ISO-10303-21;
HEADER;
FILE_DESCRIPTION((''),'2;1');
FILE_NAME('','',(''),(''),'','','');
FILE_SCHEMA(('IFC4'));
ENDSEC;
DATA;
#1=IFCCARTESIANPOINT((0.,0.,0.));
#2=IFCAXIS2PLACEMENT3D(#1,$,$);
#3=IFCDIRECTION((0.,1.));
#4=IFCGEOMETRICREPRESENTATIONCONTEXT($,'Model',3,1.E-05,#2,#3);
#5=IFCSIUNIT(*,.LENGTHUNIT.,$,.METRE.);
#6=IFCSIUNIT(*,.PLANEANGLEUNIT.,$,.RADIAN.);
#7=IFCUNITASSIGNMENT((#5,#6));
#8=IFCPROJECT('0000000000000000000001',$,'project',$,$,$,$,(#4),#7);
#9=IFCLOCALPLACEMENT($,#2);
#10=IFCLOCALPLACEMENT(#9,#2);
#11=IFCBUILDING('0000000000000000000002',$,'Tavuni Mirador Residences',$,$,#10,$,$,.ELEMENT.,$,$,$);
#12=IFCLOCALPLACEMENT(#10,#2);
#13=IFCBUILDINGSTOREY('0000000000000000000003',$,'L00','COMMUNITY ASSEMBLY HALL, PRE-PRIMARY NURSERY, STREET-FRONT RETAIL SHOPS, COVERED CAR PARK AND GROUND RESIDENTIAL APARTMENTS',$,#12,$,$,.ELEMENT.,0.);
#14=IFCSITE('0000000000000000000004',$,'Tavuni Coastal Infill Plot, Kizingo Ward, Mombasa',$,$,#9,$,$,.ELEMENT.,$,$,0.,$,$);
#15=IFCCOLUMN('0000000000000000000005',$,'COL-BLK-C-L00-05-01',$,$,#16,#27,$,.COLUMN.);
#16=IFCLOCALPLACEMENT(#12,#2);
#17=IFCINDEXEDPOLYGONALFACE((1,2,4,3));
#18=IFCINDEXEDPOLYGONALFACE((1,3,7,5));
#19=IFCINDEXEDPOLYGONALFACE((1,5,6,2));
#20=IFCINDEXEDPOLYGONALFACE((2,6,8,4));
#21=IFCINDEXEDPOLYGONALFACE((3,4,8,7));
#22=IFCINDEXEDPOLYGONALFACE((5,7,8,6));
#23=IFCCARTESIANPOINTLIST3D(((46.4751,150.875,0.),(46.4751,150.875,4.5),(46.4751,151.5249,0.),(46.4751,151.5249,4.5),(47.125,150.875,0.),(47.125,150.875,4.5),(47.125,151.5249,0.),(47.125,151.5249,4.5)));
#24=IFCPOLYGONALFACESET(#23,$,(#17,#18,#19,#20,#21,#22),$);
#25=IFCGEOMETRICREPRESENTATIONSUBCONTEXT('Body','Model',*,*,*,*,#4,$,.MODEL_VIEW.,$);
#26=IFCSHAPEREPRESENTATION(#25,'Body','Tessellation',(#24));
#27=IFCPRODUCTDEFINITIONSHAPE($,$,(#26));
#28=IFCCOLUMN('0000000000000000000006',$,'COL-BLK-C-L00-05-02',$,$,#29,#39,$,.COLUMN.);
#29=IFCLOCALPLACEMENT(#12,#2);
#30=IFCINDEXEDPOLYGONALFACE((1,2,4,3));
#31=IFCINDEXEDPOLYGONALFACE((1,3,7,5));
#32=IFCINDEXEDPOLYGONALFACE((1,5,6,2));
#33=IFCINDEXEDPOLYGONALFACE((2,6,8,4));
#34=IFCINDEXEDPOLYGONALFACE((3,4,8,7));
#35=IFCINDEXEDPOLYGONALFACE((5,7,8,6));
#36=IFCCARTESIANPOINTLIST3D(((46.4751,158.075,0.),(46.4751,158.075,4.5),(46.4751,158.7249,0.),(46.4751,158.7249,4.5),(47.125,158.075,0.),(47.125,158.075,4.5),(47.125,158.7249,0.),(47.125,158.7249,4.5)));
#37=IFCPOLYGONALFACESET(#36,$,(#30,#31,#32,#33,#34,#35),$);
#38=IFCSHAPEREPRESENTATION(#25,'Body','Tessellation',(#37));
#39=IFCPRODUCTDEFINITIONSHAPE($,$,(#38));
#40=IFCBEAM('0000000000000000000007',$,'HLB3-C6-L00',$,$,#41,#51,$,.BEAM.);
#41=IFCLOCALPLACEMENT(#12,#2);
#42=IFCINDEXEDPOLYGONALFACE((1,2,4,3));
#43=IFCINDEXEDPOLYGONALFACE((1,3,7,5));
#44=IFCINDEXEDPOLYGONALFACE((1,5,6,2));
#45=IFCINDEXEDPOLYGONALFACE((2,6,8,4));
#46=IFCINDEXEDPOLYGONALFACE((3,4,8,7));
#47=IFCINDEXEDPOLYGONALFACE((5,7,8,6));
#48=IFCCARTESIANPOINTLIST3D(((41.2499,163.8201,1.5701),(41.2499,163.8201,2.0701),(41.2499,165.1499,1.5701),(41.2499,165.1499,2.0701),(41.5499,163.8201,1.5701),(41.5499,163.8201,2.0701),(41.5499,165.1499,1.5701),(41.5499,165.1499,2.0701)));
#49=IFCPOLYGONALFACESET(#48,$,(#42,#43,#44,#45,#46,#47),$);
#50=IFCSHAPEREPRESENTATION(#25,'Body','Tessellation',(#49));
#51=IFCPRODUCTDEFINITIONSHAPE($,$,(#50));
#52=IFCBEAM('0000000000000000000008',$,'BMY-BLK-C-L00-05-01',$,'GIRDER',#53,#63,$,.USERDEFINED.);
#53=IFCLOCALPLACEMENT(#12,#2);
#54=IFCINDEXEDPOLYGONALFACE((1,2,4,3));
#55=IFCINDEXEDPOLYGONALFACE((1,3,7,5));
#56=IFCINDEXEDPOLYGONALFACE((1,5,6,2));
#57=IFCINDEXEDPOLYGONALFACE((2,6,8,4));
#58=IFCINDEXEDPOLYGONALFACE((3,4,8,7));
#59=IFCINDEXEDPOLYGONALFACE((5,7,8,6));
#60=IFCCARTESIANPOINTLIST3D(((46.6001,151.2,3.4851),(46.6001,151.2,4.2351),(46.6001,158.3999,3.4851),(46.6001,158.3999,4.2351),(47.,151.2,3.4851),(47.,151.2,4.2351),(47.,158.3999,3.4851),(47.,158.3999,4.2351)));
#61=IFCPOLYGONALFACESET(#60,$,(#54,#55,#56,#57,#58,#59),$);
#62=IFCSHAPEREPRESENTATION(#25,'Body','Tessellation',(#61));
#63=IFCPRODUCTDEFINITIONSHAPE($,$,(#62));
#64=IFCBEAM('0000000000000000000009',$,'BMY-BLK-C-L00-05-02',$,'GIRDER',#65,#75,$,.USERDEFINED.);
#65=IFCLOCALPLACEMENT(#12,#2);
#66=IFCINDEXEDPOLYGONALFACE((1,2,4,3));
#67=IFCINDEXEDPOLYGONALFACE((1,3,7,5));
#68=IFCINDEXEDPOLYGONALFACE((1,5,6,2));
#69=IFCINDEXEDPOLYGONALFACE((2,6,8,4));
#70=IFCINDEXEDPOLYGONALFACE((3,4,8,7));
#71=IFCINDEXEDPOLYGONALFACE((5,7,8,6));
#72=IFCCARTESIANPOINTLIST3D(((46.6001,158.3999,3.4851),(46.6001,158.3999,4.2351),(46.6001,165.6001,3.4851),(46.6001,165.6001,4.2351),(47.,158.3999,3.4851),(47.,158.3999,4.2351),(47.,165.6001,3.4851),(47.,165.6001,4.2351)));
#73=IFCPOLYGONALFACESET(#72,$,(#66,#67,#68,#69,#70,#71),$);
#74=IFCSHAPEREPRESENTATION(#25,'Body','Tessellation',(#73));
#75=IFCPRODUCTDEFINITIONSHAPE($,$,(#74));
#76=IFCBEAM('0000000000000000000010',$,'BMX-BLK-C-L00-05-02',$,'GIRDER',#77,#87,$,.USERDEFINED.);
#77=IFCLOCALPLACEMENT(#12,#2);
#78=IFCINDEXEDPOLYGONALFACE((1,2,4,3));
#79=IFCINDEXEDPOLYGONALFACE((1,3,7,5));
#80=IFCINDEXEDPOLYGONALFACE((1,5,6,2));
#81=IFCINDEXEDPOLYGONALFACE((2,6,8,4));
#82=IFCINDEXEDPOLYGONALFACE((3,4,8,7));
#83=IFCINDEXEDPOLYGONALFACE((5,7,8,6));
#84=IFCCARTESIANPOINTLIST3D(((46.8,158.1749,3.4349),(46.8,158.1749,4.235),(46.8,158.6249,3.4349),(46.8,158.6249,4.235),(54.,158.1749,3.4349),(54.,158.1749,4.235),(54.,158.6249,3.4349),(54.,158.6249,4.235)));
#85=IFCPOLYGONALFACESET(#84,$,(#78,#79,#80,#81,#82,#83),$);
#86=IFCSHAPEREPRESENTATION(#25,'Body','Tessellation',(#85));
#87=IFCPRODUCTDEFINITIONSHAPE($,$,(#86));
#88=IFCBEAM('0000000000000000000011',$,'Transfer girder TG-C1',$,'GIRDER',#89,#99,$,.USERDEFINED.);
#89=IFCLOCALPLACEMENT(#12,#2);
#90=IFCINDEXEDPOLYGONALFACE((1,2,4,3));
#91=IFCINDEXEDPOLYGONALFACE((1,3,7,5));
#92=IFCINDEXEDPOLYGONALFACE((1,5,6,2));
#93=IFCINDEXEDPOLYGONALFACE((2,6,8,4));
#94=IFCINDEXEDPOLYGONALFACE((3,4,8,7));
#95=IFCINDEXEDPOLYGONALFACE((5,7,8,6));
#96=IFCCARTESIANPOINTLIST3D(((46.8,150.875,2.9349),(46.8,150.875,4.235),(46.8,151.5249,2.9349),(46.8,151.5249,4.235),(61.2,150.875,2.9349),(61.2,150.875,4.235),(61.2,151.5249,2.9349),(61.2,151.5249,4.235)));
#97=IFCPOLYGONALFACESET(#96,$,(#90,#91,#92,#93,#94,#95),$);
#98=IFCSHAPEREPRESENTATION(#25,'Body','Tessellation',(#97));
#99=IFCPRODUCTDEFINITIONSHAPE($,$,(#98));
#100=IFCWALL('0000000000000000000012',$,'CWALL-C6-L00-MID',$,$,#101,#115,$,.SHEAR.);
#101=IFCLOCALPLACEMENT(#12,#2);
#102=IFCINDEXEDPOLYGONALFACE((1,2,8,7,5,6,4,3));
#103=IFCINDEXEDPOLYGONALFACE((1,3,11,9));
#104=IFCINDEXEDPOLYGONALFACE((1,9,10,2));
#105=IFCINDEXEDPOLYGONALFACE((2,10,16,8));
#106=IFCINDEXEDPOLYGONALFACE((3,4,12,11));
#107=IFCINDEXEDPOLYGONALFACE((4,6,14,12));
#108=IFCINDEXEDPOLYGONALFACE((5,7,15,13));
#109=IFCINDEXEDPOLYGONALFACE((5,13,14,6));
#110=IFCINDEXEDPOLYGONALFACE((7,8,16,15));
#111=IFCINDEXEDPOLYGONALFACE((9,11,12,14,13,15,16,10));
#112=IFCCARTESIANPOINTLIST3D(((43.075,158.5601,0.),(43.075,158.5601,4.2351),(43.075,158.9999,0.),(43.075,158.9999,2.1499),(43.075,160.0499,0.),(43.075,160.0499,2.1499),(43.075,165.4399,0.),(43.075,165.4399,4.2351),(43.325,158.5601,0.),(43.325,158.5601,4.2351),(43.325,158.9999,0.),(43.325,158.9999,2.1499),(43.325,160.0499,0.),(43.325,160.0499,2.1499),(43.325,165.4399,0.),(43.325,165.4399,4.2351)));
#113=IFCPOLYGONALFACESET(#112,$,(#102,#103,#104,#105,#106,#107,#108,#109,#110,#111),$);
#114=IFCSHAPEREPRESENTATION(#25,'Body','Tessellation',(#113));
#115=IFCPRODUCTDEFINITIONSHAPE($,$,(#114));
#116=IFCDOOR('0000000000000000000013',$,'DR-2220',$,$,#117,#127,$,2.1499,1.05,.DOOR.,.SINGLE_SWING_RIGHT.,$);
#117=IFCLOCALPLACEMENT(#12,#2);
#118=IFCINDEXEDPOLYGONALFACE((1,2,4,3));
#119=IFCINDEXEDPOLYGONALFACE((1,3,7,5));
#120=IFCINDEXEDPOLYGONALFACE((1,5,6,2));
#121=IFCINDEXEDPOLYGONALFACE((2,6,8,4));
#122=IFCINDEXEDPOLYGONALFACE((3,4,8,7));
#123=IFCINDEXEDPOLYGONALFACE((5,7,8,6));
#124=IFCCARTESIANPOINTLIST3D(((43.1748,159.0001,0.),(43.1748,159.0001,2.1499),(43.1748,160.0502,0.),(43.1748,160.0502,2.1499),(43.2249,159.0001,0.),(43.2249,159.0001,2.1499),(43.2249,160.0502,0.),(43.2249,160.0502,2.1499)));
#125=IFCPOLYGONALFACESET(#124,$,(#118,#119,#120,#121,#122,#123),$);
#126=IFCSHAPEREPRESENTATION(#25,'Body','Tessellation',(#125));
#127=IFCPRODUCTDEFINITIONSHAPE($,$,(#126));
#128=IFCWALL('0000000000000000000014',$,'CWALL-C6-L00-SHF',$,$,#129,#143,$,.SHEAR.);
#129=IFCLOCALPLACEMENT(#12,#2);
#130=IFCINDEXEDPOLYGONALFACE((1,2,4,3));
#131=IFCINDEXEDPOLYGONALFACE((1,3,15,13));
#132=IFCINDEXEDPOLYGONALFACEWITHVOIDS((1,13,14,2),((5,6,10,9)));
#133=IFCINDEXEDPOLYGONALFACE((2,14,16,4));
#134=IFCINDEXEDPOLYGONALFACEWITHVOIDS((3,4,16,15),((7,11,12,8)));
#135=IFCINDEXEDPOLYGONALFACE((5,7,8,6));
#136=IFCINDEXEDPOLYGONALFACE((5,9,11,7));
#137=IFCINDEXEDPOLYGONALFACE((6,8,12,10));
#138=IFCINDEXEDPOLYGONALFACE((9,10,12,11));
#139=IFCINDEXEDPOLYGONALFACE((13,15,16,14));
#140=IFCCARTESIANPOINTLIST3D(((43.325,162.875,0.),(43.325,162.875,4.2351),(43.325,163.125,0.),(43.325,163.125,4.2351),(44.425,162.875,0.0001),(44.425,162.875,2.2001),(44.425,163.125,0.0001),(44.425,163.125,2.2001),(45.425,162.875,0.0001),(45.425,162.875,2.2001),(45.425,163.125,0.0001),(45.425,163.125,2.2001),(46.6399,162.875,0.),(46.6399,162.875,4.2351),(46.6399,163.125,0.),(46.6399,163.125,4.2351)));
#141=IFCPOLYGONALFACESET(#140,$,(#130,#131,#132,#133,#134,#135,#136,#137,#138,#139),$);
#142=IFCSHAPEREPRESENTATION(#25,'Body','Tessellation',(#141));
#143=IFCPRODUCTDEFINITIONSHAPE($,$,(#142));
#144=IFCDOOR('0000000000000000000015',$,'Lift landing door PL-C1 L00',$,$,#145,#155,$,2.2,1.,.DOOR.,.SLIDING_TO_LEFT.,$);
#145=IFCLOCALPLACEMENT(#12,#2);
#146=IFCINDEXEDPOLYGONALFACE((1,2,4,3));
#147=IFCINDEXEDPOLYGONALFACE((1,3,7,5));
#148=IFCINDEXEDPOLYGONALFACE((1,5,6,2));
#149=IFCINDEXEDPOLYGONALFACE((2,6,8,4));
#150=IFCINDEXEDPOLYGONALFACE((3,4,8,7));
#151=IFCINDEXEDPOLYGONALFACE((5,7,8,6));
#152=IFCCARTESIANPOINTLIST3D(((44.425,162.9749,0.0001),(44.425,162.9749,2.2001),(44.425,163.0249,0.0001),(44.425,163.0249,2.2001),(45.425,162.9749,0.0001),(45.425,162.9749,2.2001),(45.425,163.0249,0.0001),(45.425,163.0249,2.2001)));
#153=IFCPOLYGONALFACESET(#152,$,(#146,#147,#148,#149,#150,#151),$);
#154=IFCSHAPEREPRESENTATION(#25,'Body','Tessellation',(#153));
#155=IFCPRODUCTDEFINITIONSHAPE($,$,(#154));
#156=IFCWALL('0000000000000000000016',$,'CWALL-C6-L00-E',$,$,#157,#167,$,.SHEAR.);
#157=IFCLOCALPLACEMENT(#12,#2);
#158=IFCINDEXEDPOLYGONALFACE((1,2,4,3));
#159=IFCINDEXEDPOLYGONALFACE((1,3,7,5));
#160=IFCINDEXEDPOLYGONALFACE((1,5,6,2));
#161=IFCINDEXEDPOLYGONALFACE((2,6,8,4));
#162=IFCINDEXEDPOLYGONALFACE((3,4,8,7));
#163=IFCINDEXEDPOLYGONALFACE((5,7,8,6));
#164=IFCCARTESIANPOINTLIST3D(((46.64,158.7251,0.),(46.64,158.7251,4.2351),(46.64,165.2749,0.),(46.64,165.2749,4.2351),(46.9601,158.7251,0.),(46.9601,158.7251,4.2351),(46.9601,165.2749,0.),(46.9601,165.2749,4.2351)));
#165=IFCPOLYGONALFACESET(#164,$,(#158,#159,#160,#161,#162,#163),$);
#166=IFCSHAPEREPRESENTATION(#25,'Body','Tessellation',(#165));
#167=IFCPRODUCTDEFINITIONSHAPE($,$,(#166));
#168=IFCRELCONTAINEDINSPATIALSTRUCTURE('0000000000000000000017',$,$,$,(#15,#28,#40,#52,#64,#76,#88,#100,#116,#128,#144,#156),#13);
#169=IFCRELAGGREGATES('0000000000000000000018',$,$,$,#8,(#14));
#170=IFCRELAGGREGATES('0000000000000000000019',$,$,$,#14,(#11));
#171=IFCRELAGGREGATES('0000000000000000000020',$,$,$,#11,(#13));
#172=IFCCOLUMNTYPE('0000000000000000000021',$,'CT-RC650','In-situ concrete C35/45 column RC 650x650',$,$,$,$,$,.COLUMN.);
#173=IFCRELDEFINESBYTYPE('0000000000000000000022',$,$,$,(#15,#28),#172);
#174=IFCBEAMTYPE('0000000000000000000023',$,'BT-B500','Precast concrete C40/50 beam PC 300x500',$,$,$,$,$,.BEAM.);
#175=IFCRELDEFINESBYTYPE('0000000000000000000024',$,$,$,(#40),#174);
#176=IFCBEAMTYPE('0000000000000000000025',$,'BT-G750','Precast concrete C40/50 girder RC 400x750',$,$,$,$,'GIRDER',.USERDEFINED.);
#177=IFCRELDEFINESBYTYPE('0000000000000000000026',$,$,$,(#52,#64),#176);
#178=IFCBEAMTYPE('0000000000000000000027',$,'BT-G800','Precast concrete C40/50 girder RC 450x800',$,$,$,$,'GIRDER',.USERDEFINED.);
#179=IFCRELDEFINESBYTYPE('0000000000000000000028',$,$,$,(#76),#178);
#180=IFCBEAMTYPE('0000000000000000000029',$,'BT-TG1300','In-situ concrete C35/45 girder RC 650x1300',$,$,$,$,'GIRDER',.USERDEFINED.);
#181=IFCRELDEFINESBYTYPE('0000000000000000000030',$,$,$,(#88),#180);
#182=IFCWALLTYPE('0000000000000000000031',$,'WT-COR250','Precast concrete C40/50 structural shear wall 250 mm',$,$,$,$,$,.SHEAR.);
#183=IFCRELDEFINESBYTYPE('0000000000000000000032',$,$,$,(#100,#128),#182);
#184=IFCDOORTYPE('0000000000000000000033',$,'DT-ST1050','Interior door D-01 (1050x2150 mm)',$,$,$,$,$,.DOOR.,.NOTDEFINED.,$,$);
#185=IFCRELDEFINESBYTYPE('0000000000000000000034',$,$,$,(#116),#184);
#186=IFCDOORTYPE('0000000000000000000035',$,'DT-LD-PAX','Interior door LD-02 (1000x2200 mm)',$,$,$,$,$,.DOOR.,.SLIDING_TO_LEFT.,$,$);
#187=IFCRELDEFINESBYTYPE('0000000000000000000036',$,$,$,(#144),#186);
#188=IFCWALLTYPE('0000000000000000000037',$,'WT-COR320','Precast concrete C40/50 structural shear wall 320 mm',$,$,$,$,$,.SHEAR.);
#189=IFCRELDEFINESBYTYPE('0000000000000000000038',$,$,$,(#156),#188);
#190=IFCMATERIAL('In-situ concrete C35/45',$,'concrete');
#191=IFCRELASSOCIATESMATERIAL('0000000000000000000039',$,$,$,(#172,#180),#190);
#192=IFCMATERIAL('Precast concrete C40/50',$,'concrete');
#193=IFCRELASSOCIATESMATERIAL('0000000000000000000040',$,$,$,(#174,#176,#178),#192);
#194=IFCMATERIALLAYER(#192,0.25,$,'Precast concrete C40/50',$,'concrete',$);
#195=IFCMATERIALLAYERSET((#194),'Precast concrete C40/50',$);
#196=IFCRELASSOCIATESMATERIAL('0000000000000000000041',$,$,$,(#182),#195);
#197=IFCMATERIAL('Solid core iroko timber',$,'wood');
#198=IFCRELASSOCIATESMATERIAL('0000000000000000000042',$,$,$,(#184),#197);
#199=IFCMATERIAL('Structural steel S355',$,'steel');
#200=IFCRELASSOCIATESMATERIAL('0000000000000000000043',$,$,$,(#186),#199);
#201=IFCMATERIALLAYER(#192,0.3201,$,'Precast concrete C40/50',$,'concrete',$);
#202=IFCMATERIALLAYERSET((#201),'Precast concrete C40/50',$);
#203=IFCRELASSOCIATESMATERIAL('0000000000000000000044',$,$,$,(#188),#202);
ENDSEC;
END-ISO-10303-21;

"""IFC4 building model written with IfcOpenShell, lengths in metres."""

from ifc_helpers import new_model, si_unit, direction, frame, frame_2d, origin, origin_2d, place, context, subcontext, project, spatial, rectangle, extrude, material, layer, layer_set, material_profile, profile_set, type_object, element, fill, save


model = new_model("IFC4")

# Units and contexts
model_context = context("Model", 3, precision=1e-05, world=origin(), true_north=direction((0.0, 1.0)))
body_context = subcontext(model_context, "Body", "Model", "MODEL_VIEW")
ifc_project = project(units=[si_unit("LENGTHUNIT", "METRE"), si_unit("PLANEANGLEUNIT", "RADIAN")], contexts=[model_context])

# Site, building, storey
site_placement = place(None, origin())
site = spatial("IfcSite", under=ifc_project, at=site_placement, Name="Tavuni Coastal Infill Plot, Kizingo Ward, Mombasa", CompositionType="ELEMENT", RefElevation=0.0)
building_placement = place(site_placement, origin())
building = spatial("IfcBuilding", under=site, at=building_placement, Name="Tavuni Mirador Residences", CompositionType="ELEMENT")
storey_placement = place(building_placement, origin())
storey = spatial("IfcBuildingStorey", under=building, at=storey_placement, Name="L00", Description="COMMUNITY ASSEMBLY HALL, PRE-PRIMARY NURSERY, STREET-FRONT RETAIL SHOPS, COVERED CAR PARK AND GROUND RESIDENTIAL APARTMENTS", CompositionType="ELEMENT", Elevation=0.0)

# Columns
ifc_material_1 = material(Name="In-situ concrete C35/45", Category="concrete")
ifc_material_profile_1 = material_profile(ifc_material_1, rectangle(XDim=0.6499, YDim=0.6499, at=origin_2d()), Name="RC 650x650", Category="concrete")
ifc_profile_set_1 = profile_set([ifc_material_profile_1], Name="In-situ concrete C35/45")
column_type = type_object("IfcColumnType", Name="CT-RC650", Description="In-situ concrete C35/45 column RC 650x650", PredefinedType="COLUMN", material=ifc_profile_set_1)
for number, where, z_axis, x_axis, name in (
    (1, (46.8, 151.2, 0.0), (0.0, 0.0, 1.0), (1.0, 0.0, 0.0), "COL-BLK-C-L00-05-01"),
    (2, (46.8, 158.3999, 0.0), (0.0, 0.0, 1.0), (1.0, 0.0, 0.0), "COL-BLK-C-L00-05-02"),
):
    element("IfcColumn", number, at=place(storey_placement, frame(where, z_axis=z_axis, x_axis=x_axis)), inside=storey, type_object=column_type, Name=name, PredefinedType="COLUMN", context=body_context, shape_type="SweptSolid", body=[
        extrude(rectangle(XDim=0.6499, YDim=0.6499, at=origin_2d()), origin(), (0.0, 0.0, 1.0), 4.5),
    ])

# Beams
ifc_material_2 = material(Name="Precast concrete C40/50", Category="concrete")
ifc_material_profile_2 = material_profile(ifc_material_2, rectangle(XDim=0.3, YDim=0.5, at=origin_2d()), Name="PC 300x500", Category="concrete")
ifc_profile_set_2 = profile_set([ifc_material_profile_2], Name="Precast concrete C40/50")
beam_type_1 = type_object("IfcBeamType", Name="BT-B500", Description="Precast concrete C40/50 beam PC 300x500", PredefinedType="BEAM", material=ifc_profile_set_2)
beam_1_placement = place(storey_placement, frame((41.3999, 163.8201, 1.8201), z_axis=(0.0, 1.0, 0.0), x_axis=(-1.0, 0.0, 0.0)))
element("IfcBeam", 3, at=beam_1_placement, inside=storey, type_object=beam_type_1, Name="HLB3-C6-L00", PredefinedType="BEAM", context=body_context, shape_type="SweptSolid", body=[
    extrude(rectangle(XDim=0.3, YDim=0.5, at=origin_2d()), origin(), (0.0, 0.0, 1.0), 1.3298),
])
ifc_material_profile_3 = material_profile(ifc_material_2, rectangle(XDim=0.3999, YDim=0.75, at=origin_2d()), Name="RC 400x750", Category="concrete")
ifc_profile_set_3 = profile_set([ifc_material_profile_3], Name="Precast concrete C40/50")
beam_type_2 = type_object("IfcBeamType", Name="BT-G750", Description="Precast concrete C40/50 girder RC 400x750", ElementType="GIRDER", PredefinedType="USERDEFINED", material=ifc_profile_set_3)
beam_2_placement = place(storey_placement, frame((46.8, 151.2, 3.8601), z_axis=(0.0, 1.0, 0.0), x_axis=(-1.0, 0.0, 0.0)))
element("IfcBeam", 4, at=beam_2_placement, inside=storey, type_object=beam_type_2, Name="BMY-BLK-C-L00-05-01", ObjectType="GIRDER", PredefinedType="USERDEFINED", context=body_context, shape_type="SweptSolid", body=[
    extrude(rectangle(XDim=0.3999, YDim=0.75, at=origin_2d()), origin(), (0.0, 0.0, 1.0), 7.2),
])
beam_3_placement = place(storey_placement, frame((46.8, 158.3999, 3.8601), z_axis=(0.0, 1.0, 0.0), x_axis=(-1.0, 0.0, 0.0)))
element("IfcBeam", 5, at=beam_3_placement, inside=storey, type_object=beam_type_2, Name="BMY-BLK-C-L00-05-02", ObjectType="GIRDER", PredefinedType="USERDEFINED", context=body_context, shape_type="SweptSolid", body=[
    extrude(rectangle(XDim=0.3999, YDim=0.75, at=origin_2d()), origin(), (0.0, 0.0, 1.0), 7.2002),
])
ifc_material_profile_4 = material_profile(ifc_material_2, rectangle(XDim=0.45, YDim=0.8, at=origin_2d()), Name="RC 450x800", Category="concrete")
ifc_profile_set_4 = profile_set([ifc_material_profile_4], Name="Precast concrete C40/50")
beam_type_3 = type_object("IfcBeamType", Name="BT-G800", Description="Precast concrete C40/50 girder RC 450x800", ElementType="GIRDER", PredefinedType="USERDEFINED", material=ifc_profile_set_4)
beam_4_placement = place(storey_placement, frame((46.8, 158.3999, 3.835), z_axis=(1.0, 0.0, 0.0), x_axis=(0.0, 1.0, 0.0)))
element("IfcBeam", 6, at=beam_4_placement, inside=storey, type_object=beam_type_3, Name="BMX-BLK-C-L00-05-02", ObjectType="GIRDER", PredefinedType="USERDEFINED", context=body_context, shape_type="SweptSolid", body=[
    extrude(rectangle(XDim=0.45, YDim=0.8, at=origin_2d()), origin(), (0.0, 0.0, 1.0), 7.2),
])
ifc_material_profile_5 = material_profile(ifc_material_1, rectangle(XDim=0.6499, YDim=1.3, at=origin_2d()), Name="RC 650x1300", Category="concrete")
ifc_profile_set_5 = profile_set([ifc_material_profile_5], Name="In-situ concrete C35/45")
beam_type_4 = type_object("IfcBeamType", Name="BT-TG1300", Description="In-situ concrete C35/45 girder RC 650x1300", ElementType="GIRDER", PredefinedType="USERDEFINED", material=ifc_profile_set_5)
beam_5_placement = place(storey_placement, frame((46.8, 151.2, 3.585), z_axis=(1.0, 0.0, 0.0), x_axis=(0.0, 1.0, 0.0)))
element("IfcBeam", 7, at=beam_5_placement, inside=storey, type_object=beam_type_4, Name="Transfer girder TG-C1", ObjectType="GIRDER", PredefinedType="USERDEFINED", context=body_context, shape_type="SweptSolid", body=[
    extrude(rectangle(XDim=0.6499, YDim=1.3, at=origin_2d()), origin(), (0.0, 0.0, 1.0), 14.3999),
])

# Walls, openings, doors
ifc_layer_1 = layer(ifc_material_2, 0.25, Name="Precast concrete C40/50", Category="concrete")
ifc_layer_set_1 = layer_set([ifc_layer_1], Name="Precast concrete C40/50")
wall_type_1 = type_object("IfcWallType", Name="WT-COR250", Description="Precast concrete C40/50 structural shear wall 250 mm", PredefinedType="SHEAR", material=ifc_layer_set_1)
wall_1_placement = place(storey_placement, frame((43.2, 158.5601, 0.0), z_axis=(0.0, 0.0, 1.0), x_axis=(0.0, 1.0, 0.0)))
wall_1 = element("IfcWall", 8, at=wall_1_placement, inside=storey, type_object=wall_type_1, Name="CWALL-C6-L00-MID", PredefinedType="SHEAR", context=body_context, shape_type="SweptSolid", body=[
    extrude(rectangle(XDim=6.8799, YDim=0.25, at=frame_2d((3.4399, 0.0))), origin(), (0.0, 0.0, 1.0), 4.2351),
])
opening_1_placement = place(wall_1_placement, frame((0.4399, 0.0, 0.0)))
opening_1 = element("IfcOpeningElement", 9, at=opening_1_placement, cuts=wall_1, PredefinedType="OPENING", context=body_context, shape_type="SweptSolid", body=[
    extrude(rectangle(XDim=1.05, YDim=2.1499, at=frame_2d((0.5249, 1.075))), frame((0.0, 0.135, 0.0), z_axis=(0.0, -1.0, 0.0), x_axis=(1.0, 0.0, 0.0)), (0.0, 0.0, 1.0), 0.27),
])
ifc_material_3 = material(Name="Solid core iroko timber", Category="wood")
door_type_1 = type_object("IfcDoorType", Name="DT-ST1050", Description="Interior door D-01 (1050x2150 mm)", OperationType="NOTDEFINED", PredefinedType="DOOR", material=ifc_material_3)
door_1_placement = place(opening_1_placement, frame((1.05, 0.0, 0.0), z_axis=(0.0, 0.0, 1.0), x_axis=(-1.0, 0.0, 0.0)))
door_1 = element("IfcDoor", 10, at=door_1_placement, inside=storey, type_object=door_type_1, Name="DR-2220", OperationType="SINGLE_SWING_RIGHT", OverallHeight=2.1499, OverallWidth=1.05, PredefinedType="DOOR", context=body_context, shape_type="SweptSolid", body=[
    extrude(rectangle(XDim=1.05, YDim=2.1499, at=frame_2d((0.5249, 1.075))), frame((0.0, 0.0249, 0.0), z_axis=(0.0, -1.0, 0.0), x_axis=(1.0, 0.0, 0.0)), (0.0, 0.0, 1.0), 0.05),
])
fill(opening_1, door_1)
wall_2_placement = place(storey_placement, frame((43.325, 163.0, 0.0), z_axis=(0.0, 0.0, 1.0), x_axis=(1.0, 0.0, 0.0)))
wall_2 = element("IfcWall", 11, at=wall_2_placement, inside=storey, type_object=wall_type_1, Name="CWALL-C6-L00-SHF", PredefinedType="SHEAR", context=body_context, shape_type="SweptSolid", body=[
    extrude(rectangle(XDim=3.3149, YDim=0.25, at=frame_2d((1.6575, 0.0))), origin(), (0.0, 0.0, 1.0), 4.2351),
])
opening_2_placement = place(wall_2_placement, frame((1.1001, 0.0, 0.0)))
opening_2 = element("IfcOpeningElement", 12, at=opening_2_placement, cuts=wall_2, PredefinedType="OPENING", context=body_context, shape_type="SweptSolid", body=[
    extrude(rectangle(XDim=1.0, YDim=2.2, at=frame_2d((0.5, 1.1001))), frame((0.0, 0.135, 0.0), z_axis=(0.0, -1.0, 0.0), x_axis=(1.0, 0.0, 0.0)), (0.0, 0.0, 1.0), 0.27),
])
ifc_material_4 = material(Name="Structural steel S355", Category="steel")
door_type_2 = type_object("IfcDoorType", Name="DT-LD-PAX", Description="Interior door LD-02 (1000x2200 mm)", OperationType="SLIDING_TO_LEFT", PredefinedType="DOOR", material=ifc_material_4)
door_2_placement = place(opening_2_placement, origin())
door_2 = element("IfcDoor", 13, at=door_2_placement, inside=storey, type_object=door_type_2, Name="Lift landing door PL-C1 L00", OperationType="SLIDING_TO_LEFT", OverallHeight=2.2, OverallWidth=1.0, PredefinedType="DOOR", context=body_context, shape_type="SweptSolid", body=[
    extrude(rectangle(XDim=1.0, YDim=2.2, at=frame_2d((0.5, 1.1001))), frame((0.0, 0.0249, 0.0), z_axis=(0.0, -1.0, 0.0), x_axis=(1.0, 0.0, 0.0)), (0.0, 0.0, 1.0), 0.05),
])
fill(opening_2, door_2)

# Wall
ifc_layer_2 = layer(ifc_material_2, 0.3201, Name="Precast concrete C40/50", Category="concrete")
ifc_layer_set_2 = layer_set([ifc_layer_2], Name="Precast concrete C40/50")
wall_type_2 = type_object("IfcWallType", Name="WT-COR320", Description="Precast concrete C40/50 structural shear wall 320 mm", PredefinedType="SHEAR", material=ifc_layer_set_2)
wall_3_placement = place(storey_placement, frame((46.8, 158.7251, 0.0), z_axis=(0.0, 0.0, 1.0), x_axis=(0.0, 1.0, 0.0)))
element("IfcWall", 14, at=wall_3_placement, inside=storey, type_object=wall_type_2, Name="CWALL-C6-L00-E", PredefinedType="SHEAR", context=body_context, shape_type="SweptSolid", body=[
    extrude(rectangle(XDim=6.5498, YDim=0.3201, at=frame_2d((3.2749, 0.0))), origin(), (0.0, 0.0, 1.0), 4.2351),
])

save(model, "model.ifc")
